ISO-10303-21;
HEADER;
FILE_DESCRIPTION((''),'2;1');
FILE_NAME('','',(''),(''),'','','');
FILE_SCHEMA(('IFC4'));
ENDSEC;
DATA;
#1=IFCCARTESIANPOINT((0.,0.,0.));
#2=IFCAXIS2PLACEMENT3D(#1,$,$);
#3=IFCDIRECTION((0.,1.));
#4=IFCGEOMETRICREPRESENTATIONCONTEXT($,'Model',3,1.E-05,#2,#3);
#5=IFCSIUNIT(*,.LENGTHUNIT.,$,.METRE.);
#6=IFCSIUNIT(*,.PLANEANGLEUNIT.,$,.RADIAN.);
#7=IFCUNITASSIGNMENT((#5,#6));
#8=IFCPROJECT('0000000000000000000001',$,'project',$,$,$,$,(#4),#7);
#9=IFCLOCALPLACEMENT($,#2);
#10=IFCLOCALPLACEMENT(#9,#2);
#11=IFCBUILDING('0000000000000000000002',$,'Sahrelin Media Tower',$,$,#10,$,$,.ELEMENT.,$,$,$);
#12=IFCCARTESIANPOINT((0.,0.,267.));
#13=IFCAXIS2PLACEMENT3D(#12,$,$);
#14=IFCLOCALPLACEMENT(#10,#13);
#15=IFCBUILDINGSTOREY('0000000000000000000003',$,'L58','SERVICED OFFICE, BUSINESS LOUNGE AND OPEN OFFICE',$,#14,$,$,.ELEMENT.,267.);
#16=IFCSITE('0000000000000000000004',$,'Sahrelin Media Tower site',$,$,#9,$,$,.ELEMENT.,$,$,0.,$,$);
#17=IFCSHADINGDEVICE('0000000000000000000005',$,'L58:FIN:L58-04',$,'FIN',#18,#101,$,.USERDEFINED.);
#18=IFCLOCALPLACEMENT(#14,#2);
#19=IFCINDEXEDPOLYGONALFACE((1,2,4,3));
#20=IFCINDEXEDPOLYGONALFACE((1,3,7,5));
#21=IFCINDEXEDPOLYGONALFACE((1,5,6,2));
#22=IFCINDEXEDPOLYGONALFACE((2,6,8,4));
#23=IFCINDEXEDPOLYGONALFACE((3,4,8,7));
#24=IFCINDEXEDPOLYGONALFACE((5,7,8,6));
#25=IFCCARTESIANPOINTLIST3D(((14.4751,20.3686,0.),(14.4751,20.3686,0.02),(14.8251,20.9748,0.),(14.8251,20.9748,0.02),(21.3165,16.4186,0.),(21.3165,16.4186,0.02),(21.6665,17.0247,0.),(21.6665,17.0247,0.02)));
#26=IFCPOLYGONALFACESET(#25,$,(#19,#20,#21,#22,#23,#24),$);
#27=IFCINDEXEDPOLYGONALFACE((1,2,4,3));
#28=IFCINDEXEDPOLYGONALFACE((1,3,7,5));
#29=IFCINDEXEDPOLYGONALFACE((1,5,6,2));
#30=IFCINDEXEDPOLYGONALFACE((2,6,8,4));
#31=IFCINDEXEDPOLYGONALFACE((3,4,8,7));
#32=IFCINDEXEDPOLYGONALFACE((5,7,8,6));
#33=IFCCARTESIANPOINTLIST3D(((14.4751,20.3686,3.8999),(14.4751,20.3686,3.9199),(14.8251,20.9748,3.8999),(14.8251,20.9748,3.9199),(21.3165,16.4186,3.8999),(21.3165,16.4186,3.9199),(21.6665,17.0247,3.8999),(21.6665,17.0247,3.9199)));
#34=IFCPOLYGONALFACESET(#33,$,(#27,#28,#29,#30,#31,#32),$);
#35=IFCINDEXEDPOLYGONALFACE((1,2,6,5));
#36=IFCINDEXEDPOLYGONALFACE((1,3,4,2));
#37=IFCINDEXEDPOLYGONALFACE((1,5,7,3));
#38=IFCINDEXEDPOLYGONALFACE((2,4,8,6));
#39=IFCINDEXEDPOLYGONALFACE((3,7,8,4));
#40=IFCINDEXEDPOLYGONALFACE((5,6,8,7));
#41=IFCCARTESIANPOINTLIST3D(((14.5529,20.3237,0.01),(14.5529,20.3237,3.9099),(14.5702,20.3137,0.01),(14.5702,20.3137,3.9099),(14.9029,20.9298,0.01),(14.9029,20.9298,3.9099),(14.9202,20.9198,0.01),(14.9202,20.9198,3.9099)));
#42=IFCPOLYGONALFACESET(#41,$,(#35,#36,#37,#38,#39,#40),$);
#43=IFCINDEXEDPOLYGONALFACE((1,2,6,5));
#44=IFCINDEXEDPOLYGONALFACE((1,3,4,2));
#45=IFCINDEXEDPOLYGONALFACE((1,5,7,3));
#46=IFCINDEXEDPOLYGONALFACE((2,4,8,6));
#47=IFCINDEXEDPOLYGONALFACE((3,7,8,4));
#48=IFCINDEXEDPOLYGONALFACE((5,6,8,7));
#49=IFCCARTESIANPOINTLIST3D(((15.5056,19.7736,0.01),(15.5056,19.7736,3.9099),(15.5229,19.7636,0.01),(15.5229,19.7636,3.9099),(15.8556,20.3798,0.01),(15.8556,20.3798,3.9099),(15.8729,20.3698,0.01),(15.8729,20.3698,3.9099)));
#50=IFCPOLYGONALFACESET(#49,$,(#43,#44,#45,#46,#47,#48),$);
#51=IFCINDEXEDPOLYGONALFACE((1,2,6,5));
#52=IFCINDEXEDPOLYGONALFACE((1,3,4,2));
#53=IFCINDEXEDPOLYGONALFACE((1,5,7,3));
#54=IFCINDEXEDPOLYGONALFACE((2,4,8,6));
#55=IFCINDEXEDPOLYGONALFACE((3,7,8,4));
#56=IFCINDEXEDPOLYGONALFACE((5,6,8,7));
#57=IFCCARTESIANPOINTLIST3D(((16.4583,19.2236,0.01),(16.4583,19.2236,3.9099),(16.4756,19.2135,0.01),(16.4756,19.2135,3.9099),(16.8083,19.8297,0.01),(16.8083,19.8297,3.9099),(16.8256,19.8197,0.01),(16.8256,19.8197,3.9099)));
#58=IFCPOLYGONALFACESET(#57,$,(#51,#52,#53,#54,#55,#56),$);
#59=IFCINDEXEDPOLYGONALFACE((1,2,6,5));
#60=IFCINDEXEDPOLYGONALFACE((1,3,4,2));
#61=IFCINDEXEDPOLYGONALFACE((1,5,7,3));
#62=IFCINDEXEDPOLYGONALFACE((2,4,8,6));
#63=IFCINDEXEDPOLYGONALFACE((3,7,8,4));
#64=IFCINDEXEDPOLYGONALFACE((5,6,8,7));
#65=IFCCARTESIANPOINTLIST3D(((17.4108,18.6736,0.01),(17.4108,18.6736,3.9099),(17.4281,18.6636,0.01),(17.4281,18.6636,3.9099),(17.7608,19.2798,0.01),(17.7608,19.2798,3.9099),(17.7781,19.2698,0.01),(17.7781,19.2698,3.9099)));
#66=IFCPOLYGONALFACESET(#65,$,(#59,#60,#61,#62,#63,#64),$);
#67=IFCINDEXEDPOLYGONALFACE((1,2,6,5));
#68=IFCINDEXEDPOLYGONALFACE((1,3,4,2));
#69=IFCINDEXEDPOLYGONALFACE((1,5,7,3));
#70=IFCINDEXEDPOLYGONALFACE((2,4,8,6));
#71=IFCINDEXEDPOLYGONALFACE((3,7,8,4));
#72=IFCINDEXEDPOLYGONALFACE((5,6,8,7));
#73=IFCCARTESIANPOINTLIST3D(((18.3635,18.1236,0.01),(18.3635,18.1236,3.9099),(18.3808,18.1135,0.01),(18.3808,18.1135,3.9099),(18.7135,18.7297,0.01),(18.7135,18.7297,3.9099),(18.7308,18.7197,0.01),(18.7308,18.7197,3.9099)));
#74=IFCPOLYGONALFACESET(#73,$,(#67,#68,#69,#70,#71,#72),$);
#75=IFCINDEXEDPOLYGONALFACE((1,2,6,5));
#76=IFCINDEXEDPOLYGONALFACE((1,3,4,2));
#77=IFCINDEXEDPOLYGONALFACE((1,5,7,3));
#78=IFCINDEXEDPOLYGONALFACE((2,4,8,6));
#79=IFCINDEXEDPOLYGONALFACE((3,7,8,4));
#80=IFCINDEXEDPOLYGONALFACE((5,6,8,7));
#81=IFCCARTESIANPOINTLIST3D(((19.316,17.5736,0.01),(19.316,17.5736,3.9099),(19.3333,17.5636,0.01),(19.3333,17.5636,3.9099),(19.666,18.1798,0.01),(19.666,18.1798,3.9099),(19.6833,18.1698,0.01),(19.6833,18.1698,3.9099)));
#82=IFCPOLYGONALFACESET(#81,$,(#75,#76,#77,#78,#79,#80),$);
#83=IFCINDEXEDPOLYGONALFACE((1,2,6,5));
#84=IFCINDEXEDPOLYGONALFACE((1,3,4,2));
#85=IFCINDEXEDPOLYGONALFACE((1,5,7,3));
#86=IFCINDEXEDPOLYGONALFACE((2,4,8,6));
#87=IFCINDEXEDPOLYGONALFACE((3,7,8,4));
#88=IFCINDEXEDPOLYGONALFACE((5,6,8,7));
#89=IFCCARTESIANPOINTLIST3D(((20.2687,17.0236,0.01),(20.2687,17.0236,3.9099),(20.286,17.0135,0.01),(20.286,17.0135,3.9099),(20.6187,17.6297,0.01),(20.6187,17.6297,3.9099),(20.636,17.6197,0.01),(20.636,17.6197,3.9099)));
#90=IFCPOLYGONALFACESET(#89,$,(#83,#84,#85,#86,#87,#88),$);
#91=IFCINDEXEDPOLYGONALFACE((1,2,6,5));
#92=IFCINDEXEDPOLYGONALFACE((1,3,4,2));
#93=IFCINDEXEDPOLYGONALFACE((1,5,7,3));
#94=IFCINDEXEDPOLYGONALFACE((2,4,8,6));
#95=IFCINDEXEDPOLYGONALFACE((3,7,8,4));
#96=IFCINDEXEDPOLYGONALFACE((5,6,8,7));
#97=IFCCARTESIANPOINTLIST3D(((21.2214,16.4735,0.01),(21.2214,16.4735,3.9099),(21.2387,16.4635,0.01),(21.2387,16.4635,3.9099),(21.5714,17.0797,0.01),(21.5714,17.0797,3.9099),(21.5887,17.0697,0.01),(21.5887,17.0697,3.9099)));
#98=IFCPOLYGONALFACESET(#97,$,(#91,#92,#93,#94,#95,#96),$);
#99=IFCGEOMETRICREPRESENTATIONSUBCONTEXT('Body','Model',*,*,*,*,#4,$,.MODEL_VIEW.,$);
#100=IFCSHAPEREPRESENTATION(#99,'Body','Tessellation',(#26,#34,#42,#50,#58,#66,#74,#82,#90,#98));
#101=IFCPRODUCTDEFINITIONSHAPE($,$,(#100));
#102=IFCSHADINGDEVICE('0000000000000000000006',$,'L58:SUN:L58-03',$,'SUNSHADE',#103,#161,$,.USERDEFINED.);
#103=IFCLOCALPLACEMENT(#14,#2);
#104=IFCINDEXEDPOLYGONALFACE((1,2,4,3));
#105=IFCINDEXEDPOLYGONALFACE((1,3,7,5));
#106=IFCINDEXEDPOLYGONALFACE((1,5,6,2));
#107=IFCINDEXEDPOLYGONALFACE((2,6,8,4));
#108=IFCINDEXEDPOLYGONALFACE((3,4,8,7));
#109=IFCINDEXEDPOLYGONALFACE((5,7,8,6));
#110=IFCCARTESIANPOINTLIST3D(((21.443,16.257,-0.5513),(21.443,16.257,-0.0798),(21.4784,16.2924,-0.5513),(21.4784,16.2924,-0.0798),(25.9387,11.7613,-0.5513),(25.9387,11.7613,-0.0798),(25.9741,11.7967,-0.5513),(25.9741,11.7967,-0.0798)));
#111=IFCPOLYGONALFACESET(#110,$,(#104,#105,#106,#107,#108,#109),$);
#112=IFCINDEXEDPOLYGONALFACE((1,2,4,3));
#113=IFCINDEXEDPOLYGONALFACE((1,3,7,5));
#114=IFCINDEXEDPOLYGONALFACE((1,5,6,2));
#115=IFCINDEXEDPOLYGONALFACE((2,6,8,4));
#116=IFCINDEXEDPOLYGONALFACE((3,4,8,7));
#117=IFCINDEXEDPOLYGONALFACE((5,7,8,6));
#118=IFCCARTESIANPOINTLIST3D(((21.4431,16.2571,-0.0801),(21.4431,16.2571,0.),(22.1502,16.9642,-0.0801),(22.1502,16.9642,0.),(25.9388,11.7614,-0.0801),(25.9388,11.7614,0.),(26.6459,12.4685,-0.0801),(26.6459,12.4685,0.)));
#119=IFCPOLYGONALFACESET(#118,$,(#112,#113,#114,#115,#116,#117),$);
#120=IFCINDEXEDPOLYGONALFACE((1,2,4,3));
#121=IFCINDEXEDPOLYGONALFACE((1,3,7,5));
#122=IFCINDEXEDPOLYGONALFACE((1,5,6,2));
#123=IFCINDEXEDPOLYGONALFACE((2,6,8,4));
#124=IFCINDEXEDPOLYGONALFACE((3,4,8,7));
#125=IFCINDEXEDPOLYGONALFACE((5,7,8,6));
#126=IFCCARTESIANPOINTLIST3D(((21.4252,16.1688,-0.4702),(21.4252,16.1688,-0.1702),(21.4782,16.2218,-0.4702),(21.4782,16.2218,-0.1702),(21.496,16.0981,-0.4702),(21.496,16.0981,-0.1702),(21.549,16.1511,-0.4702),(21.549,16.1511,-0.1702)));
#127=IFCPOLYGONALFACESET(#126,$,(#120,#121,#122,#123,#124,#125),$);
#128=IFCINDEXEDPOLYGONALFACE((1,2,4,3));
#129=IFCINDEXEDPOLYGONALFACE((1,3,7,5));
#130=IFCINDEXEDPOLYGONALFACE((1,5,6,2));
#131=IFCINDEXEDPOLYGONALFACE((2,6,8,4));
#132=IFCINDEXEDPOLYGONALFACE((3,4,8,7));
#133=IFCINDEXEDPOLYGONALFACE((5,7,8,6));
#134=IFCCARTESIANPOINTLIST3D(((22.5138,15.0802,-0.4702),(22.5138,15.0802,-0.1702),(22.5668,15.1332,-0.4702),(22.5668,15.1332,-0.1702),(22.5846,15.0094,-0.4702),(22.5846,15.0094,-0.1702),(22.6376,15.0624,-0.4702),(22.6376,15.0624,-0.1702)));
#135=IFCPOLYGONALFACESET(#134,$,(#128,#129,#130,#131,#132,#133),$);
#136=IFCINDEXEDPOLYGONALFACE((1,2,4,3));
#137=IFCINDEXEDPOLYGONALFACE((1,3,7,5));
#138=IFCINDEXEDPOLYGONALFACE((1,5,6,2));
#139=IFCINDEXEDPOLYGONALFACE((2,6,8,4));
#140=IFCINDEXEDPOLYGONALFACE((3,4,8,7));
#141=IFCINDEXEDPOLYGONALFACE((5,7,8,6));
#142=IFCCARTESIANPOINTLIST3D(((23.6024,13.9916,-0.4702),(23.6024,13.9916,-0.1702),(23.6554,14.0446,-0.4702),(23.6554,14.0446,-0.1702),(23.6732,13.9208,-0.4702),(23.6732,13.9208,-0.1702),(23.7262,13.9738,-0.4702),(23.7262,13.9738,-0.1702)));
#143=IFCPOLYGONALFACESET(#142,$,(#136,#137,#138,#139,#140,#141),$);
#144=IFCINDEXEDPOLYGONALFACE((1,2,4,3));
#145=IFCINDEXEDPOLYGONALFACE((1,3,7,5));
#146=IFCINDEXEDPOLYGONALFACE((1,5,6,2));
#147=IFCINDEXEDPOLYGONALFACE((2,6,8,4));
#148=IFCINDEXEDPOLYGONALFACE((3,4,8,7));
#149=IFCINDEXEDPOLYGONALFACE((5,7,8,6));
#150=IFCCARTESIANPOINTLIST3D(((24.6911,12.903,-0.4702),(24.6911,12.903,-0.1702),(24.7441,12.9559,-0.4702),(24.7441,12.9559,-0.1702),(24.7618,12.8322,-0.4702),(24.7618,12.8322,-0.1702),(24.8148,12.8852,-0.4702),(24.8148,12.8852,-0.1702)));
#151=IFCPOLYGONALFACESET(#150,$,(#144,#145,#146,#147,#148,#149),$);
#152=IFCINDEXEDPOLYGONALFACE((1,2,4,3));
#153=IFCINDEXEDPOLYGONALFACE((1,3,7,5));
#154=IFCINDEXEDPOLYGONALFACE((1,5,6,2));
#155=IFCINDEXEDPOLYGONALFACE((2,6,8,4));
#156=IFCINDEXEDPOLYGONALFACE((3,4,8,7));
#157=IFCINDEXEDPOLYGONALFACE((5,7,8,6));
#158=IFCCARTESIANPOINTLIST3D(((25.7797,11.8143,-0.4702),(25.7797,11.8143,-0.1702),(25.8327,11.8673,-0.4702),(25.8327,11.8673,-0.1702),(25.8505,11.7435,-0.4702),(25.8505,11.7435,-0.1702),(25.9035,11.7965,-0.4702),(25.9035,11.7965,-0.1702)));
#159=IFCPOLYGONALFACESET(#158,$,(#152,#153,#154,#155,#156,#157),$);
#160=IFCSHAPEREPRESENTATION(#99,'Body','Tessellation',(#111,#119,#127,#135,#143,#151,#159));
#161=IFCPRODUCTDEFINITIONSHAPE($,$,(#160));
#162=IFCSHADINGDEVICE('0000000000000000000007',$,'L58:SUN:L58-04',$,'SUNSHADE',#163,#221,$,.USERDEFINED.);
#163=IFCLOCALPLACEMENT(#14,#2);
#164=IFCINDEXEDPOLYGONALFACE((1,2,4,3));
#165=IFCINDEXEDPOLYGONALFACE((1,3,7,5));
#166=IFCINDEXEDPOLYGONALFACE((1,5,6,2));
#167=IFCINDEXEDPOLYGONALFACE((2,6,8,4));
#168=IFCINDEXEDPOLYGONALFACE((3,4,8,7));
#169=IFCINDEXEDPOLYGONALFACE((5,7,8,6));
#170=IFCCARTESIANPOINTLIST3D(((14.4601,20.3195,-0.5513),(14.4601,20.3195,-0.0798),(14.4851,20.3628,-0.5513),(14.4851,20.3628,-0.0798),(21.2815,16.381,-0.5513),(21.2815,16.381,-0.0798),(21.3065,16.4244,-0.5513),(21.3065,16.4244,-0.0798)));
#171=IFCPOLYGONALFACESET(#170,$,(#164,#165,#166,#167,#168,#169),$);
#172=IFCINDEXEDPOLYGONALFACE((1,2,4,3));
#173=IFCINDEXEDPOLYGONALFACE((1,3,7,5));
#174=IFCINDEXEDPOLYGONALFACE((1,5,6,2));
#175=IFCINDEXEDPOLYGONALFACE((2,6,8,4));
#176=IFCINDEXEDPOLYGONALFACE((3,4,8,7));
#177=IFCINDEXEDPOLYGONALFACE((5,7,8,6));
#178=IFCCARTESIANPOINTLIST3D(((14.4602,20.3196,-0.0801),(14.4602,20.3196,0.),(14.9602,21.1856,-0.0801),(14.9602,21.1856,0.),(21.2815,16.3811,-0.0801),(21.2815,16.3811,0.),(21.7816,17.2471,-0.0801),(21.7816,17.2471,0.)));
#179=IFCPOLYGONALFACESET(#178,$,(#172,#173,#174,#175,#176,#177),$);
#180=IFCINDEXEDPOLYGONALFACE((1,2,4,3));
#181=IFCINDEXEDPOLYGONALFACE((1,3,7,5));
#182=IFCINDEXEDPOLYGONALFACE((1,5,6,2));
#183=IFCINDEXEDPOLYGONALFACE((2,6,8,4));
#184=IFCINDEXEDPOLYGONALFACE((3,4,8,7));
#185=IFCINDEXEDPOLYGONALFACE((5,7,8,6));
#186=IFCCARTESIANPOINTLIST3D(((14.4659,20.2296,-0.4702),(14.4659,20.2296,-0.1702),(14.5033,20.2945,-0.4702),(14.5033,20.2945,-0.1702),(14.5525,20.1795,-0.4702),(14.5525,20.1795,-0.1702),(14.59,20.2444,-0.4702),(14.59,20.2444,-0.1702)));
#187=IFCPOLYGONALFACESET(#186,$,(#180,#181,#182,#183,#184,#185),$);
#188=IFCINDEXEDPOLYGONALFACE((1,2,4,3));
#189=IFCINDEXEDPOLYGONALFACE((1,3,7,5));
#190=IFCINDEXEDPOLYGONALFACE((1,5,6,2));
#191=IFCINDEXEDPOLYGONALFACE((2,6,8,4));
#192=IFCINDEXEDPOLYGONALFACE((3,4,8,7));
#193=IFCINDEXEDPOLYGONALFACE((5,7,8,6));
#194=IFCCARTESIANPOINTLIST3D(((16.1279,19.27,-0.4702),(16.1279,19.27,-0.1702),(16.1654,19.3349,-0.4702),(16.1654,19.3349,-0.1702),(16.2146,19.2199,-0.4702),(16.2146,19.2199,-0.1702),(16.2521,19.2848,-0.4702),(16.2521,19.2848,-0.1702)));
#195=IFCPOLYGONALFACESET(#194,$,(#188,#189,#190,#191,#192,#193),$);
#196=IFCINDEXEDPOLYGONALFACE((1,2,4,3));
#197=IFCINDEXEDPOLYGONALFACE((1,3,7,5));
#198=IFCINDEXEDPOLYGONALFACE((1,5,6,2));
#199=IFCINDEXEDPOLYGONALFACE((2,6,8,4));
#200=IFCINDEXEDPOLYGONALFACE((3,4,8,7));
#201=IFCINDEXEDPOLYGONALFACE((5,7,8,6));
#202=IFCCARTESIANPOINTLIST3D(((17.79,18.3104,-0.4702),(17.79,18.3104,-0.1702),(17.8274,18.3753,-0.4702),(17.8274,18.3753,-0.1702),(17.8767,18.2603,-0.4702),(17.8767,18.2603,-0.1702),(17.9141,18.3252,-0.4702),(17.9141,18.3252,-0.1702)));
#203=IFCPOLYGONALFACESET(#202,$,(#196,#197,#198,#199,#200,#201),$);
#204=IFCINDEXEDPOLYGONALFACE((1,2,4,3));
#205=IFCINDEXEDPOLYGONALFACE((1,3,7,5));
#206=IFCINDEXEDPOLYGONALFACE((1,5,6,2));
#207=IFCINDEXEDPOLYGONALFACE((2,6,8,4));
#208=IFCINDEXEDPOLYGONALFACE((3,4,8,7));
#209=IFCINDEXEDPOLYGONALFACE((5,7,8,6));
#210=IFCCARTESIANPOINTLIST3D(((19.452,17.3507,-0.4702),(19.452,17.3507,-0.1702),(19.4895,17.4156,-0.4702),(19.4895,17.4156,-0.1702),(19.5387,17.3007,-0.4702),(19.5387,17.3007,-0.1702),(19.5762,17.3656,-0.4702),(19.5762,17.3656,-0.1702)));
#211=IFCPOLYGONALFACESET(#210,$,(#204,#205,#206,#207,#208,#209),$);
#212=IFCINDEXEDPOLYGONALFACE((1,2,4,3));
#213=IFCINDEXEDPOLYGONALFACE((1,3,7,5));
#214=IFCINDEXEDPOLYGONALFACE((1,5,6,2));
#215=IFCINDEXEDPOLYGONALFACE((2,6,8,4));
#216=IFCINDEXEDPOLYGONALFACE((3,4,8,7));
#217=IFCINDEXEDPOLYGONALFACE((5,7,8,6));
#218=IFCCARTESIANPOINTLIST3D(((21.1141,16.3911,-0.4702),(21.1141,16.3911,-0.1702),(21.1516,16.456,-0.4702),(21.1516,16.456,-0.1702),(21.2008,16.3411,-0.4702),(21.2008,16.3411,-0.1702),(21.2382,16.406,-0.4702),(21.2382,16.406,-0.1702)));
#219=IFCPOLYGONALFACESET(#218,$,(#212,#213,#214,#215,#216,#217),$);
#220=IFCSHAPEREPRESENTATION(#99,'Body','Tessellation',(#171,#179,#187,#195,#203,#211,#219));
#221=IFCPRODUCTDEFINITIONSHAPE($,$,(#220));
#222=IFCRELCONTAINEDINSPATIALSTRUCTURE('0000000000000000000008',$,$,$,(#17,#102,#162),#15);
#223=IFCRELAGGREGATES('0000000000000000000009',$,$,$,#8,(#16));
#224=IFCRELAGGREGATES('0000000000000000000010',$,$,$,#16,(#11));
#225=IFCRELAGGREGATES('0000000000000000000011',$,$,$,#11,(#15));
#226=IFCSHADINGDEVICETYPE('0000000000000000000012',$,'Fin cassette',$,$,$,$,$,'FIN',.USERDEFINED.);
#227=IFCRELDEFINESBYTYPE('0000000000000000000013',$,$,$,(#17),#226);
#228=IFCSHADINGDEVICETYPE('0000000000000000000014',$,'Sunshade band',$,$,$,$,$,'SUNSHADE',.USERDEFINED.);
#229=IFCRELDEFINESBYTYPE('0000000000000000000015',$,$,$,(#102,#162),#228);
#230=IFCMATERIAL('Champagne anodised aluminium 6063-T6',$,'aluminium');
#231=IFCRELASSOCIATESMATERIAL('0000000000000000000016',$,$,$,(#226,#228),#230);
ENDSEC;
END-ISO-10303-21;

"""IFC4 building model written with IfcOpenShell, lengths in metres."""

from ifc_helpers import new_model, si_unit, direction, frame, origin, origin_2d, place, context, subcontext, project, spatial, rectangle, extrude, material, type_object, element, save


model = new_model("IFC4")

# Units and contexts
model_context = context("Model", 3, precision=1e-05, world=origin(), true_north=direction((0.0, 1.0)))
body_context = subcontext(model_context, "Body", "Model", "MODEL_VIEW")
ifc_project = project(units=[si_unit("LENGTHUNIT", "METRE"), si_unit("PLANEANGLEUNIT", "RADIAN")], contexts=[model_context])

# Site, building, storey
site_placement = place(None, origin())
site = spatial("IfcSite", under=ifc_project, at=site_placement, Name="Sahrelin Media Tower site", CompositionType="ELEMENT", RefElevation=0.0)
building_placement = place(site_placement, origin())
building = spatial("IfcBuilding", under=site, at=building_placement, Name="Sahrelin Media Tower", CompositionType="ELEMENT")
storey_placement = place(building_placement, frame((0.0, 0.0, 267.0)))
storey = spatial("IfcBuildingStorey", under=building, at=storey_placement, Name="L58", Description="SERVICED OFFICE, BUSINESS LOUNGE AND OPEN OFFICE", CompositionType="ELEMENT", Elevation=267.0)

# Shared definitions
ifc_material_1 = material(Name="Champagne anodised aluminium 6063-T6", Category="aluminium")

# Shading devices
shading_device_type_1 = type_object("IfcShadingDeviceType", Name="Fin cassette", ElementType="FIN", PredefinedType="USERDEFINED", material=ifc_material_1)
placement_1 = place(storey_placement, frame((23.6768, 13.9951, 0.0), z_axis=(0.0, 0.0, 1.0), x_axis=(0.707107, -0.707107, 0.0)))
placement_2 = place(storey_placement, frame((17.8608, 18.333, 0.0), z_axis=(0.0, 0.0, 1.0), x_axis=(0.866019, -0.500011, 0.0)))
element("IfcShadingDevice", 1, at=placement_2, inside=storey, type_object=shading_device_type_1, Name="L58:FIN:L58-04", ObjectType="FIN", PredefinedType="USERDEFINED", context=body_context, shape_type="SweptSolid", body=[
    extrude(rectangle(XDim=7.8999, YDim=0.7, at=origin_2d()), frame((0.0, 0.4199, 0.0)), (0.0, 0.0, 1.0), 0.02),
    extrude(rectangle(XDim=7.8999, YDim=0.7, at=origin_2d()), frame((0.0, 0.4199, 3.8999)), (0.0, 0.0, 1.0), 0.02),
    extrude(rectangle(XDim=0.02, YDim=0.7, at=origin_2d()), frame((-3.8501, 0.4199, 0.01), z_axis=(0.0, 0.0, 1.0), x_axis=(1.0, 0.0, 0.0)), (0.0, 0.0, 1.0), 3.8999),
    extrude(rectangle(XDim=0.02, YDim=0.7, at=origin_2d()), frame((-2.75, 0.4199, 0.01), z_axis=(0.0, 0.0, 1.0), x_axis=(1.0, 0.0, 0.0)), (0.0, 0.0, 1.0), 3.8999),
    extrude(rectangle(XDim=0.02, YDim=0.7, at=origin_2d()), frame((-1.6499, 0.4199, 0.01), z_axis=(0.0, 0.0, 1.0), x_axis=(1.0, 0.0, 0.0)), (0.0, 0.0, 1.0), 3.8999),
    extrude(rectangle(XDim=0.02, YDim=0.7, at=origin_2d()), frame((-0.55, 0.4199, 0.01), z_axis=(0.0, 0.0, 1.0), x_axis=(1.0, 0.0, 0.0)), (0.0, 0.0, 1.0), 3.8999),
    extrude(rectangle(XDim=0.02, YDim=0.7, at=origin_2d()), frame((0.55, 0.4199, 0.01), z_axis=(0.0, 0.0, 1.0), x_axis=(1.0, 0.0, 0.0)), (0.0, 0.0, 1.0), 3.8999),
    extrude(rectangle(XDim=0.02, YDim=0.7, at=origin_2d()), frame((1.6499, 0.4199, 0.01), z_axis=(0.0, 0.0, 1.0), x_axis=(1.0, 0.0, 0.0)), (0.0, 0.0, 1.0), 3.8999),
    extrude(rectangle(XDim=0.02, YDim=0.7, at=origin_2d()), frame((2.75, 0.4199, 0.01), z_axis=(0.0, 0.0, 1.0), x_axis=(1.0, 0.0, 0.0)), (0.0, 0.0, 1.0), 3.8999),
    extrude(rectangle(XDim=0.02, YDim=0.7, at=origin_2d()), frame((3.8501, 0.4199, 0.01), z_axis=(0.0, 0.0, 1.0), x_axis=(1.0, 0.0, 0.0)), (0.0, 0.0, 1.0), 3.8999),
])
shading_device_type_2 = type_object("IfcShadingDeviceType", Name="Sunshade band", ElementType="SUNSHADE", PredefinedType="USERDEFINED", material=ifc_material_1)
element("IfcShadingDevice", 2, at=placement_1, inside=storey, type_object=shading_device_type_2, Name="L58:SUN:L58-03", ObjectType="SUNSHADE", PredefinedType="USERDEFINED", context=body_context, shape_type="SweptSolid", body=[
    extrude(rectangle(XDim=6.3579, YDim=0.05, at=origin_2d()), frame((0.0, 0.0449, -0.5513)), (0.0, 0.0, 1.0), 0.4714),
    extrude(rectangle(XDim=6.3579, YDim=1.0, at=origin_2d()), frame((0.0, 0.52, -0.0801)), (0.0, 0.0, 1.0), 0.0801),
    extrude(rectangle(XDim=0.1001, YDim=0.075, at=origin_2d()), frame((-3.0791, -0.0176, -0.4702)), (0.0, 0.0, 1.0), 0.3),
    extrude(rectangle(XDim=0.1001, YDim=0.075, at=origin_2d()), frame((-1.5396, -0.0176, -0.4702)), (0.0, 0.0, 1.0), 0.3),
    extrude(rectangle(XDim=0.1001, YDim=0.075, at=origin_2d()), frame((0.0, -0.0176, -0.4702)), (0.0, 0.0, 1.0), 0.3),
    extrude(rectangle(XDim=0.1001, YDim=0.075, at=origin_2d()), frame((1.5396, -0.0176, -0.4702)), (0.0, 0.0, 1.0), 0.3),
    extrude(rectangle(XDim=0.1001, YDim=0.075, at=origin_2d()), frame((3.0791, -0.0176, -0.4702)), (0.0, 0.0, 1.0), 0.3),
])
element("IfcShadingDevice", 3, at=placement_2, inside=storey, type_object=shading_device_type_2, Name="L58:SUN:L58-04", ObjectType="SUNSHADE", PredefinedType="USERDEFINED", context=body_context, shape_type="SweptSolid", body=[
    extrude(rectangle(XDim=7.8767, YDim=0.05, at=origin_2d()), frame((0.0, 0.0449, -0.5513)), (0.0, 0.0, 1.0), 0.4714),
    extrude(rectangle(XDim=7.8767, YDim=1.0, at=origin_2d()), frame((0.0, 0.52, -0.0801)), (0.0, 0.0, 1.0), 0.0801),
    extrude(rectangle(XDim=0.1001, YDim=0.075, at=origin_2d()), frame((-3.8384, -0.0176, -0.4702)), (0.0, 0.0, 1.0), 0.3),
    extrude(rectangle(XDim=0.1001, YDim=0.075, at=origin_2d()), frame((-1.9192, -0.0176, -0.4702)), (0.0, 0.0, 1.0), 0.3),
    extrude(rectangle(XDim=0.1001, YDim=0.075, at=origin_2d()), frame((0.0, -0.0176, -0.4702)), (0.0, 0.0, 1.0), 0.3),
    extrude(rectangle(XDim=0.1001, YDim=0.075, at=origin_2d()), frame((1.9192, -0.0176, -0.4702)), (0.0, 0.0, 1.0), 0.3),
    extrude(rectangle(XDim=0.1001, YDim=0.075, at=origin_2d()), frame((3.8384, -0.0176, -0.4702)), (0.0, 0.0, 1.0), 0.3),
])

save(model, "model.ifc")
